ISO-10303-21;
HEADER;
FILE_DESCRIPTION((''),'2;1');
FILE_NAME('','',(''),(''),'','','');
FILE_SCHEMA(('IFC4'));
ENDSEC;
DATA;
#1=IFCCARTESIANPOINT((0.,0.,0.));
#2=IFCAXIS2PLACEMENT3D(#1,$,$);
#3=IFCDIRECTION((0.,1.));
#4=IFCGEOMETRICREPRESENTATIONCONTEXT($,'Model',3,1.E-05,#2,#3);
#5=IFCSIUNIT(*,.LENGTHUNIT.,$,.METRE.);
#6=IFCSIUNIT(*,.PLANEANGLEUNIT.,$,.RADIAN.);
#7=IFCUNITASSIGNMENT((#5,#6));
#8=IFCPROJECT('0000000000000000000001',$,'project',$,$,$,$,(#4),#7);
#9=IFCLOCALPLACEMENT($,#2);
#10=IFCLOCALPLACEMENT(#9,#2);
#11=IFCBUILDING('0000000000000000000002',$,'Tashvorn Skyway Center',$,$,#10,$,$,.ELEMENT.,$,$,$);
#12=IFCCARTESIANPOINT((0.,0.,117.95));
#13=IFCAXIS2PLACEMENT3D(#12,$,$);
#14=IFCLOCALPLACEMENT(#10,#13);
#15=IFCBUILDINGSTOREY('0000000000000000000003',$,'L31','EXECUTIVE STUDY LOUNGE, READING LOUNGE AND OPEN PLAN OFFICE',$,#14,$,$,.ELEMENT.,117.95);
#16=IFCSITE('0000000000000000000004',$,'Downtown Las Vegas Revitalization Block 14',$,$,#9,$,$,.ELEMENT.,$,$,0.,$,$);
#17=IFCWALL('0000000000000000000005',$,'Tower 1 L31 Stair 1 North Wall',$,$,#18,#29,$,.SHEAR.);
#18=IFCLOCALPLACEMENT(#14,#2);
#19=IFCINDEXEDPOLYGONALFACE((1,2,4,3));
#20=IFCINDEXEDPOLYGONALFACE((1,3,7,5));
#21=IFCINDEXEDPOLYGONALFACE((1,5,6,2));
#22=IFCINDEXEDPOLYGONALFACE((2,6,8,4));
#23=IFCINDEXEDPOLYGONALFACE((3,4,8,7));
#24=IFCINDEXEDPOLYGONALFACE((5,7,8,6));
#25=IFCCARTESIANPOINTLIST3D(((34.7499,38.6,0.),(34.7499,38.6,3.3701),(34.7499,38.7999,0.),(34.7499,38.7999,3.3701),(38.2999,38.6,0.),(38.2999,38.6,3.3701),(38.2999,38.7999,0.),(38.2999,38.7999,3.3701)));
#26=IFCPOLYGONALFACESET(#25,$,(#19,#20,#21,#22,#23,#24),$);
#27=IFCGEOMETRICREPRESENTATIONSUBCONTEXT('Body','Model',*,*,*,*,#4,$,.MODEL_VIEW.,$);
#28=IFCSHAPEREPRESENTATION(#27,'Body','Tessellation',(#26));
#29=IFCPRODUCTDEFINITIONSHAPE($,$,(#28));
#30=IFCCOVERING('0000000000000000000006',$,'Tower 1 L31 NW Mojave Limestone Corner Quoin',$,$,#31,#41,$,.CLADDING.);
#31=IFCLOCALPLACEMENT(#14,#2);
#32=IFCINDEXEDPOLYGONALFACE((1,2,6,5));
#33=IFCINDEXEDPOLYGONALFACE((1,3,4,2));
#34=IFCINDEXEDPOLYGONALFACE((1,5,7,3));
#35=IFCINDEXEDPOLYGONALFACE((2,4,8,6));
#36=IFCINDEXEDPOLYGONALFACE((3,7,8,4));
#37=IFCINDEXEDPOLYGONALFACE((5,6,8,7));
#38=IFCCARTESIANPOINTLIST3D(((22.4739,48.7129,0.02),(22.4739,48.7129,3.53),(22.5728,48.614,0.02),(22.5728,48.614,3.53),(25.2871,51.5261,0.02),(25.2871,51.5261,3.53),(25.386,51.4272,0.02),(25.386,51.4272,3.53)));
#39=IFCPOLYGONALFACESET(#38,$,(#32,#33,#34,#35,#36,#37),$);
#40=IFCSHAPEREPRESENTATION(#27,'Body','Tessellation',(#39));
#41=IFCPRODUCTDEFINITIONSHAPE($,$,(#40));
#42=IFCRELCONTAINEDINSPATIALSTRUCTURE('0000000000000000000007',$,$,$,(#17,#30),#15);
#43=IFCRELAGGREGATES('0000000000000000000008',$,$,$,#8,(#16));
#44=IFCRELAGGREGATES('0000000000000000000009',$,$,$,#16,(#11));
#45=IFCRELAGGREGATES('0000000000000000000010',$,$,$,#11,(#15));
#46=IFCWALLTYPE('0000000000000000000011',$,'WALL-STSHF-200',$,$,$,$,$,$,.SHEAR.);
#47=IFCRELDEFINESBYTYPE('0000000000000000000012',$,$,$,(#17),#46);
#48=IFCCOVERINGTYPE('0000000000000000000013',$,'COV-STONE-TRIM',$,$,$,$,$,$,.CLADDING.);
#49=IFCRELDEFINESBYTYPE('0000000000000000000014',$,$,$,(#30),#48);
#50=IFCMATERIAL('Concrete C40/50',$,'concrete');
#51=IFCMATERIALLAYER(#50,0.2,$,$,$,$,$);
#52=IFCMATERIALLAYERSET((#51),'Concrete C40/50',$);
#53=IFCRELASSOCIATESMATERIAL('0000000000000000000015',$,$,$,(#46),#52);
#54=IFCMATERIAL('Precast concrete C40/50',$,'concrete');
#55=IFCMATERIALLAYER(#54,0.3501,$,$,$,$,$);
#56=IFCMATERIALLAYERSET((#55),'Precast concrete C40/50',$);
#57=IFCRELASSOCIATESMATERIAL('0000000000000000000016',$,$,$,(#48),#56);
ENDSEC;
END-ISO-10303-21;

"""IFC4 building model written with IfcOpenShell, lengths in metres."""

from ifc_helpers import new_model, si_unit, direction, frame, frame_2d, origin, origin_2d, place, context, subcontext, project, spatial, rectangle, extrude, material, layer, layer_set, type_object, element, save


model = new_model("IFC4")

# Units and contexts
model_context = context("Model", 3, precision=1e-05, world=origin(), true_north=direction((0.0, 1.0)))
body_context = subcontext(model_context, "Body", "Model", "MODEL_VIEW")
ifc_project = project(units=[si_unit("LENGTHUNIT", "METRE"), si_unit("PLANEANGLEUNIT", "RADIAN")], contexts=[model_context])

# Site, building, storey
site_placement = place(None, origin())
site = spatial("IfcSite", under=ifc_project, at=site_placement, Name="Downtown Las Vegas Revitalization Block 14", CompositionType="ELEMENT", RefElevation=0.0)
building_placement = place(site_placement, origin())
building = spatial("IfcBuilding", under=site, at=building_placement, Name="Tashvorn Skyway Center", CompositionType="ELEMENT")
storey_placement = place(building_placement, frame((0.0, 0.0, 117.95)))
storey = spatial("IfcBuildingStorey", under=building, at=storey_placement, Name="L31", Description="EXECUTIVE STUDY LOUNGE, READING LOUNGE AND OPEN PLAN OFFICE", CompositionType="ELEMENT", Elevation=117.95)

# Shared definitions
ifc_material_1 = material(Name="Precast concrete C40/50", Category="concrete")

# Wall
ifc_material_2 = material(Name="Concrete C40/50", Category="concrete")
ifc_layer_1 = layer(ifc_material_2, 0.2)
ifc_layer_set_1 = layer_set([ifc_layer_1], Name="Concrete C40/50")
wall_type_1 = type_object("IfcWallType", Name="WALL-STSHF-200", PredefinedType="SHEAR", material=ifc_layer_set_1)
wall_1_placement = place(storey_placement, frame((34.75, 38.7, 0.0), z_axis=(0.0, 0.0, 1.0), x_axis=(1.0, 0.0, 0.0)))
element("IfcWall", 1, at=wall_1_placement, inside=storey, type_object=wall_type_1, Name="Tower 1 L31 Stair 1 North Wall", PredefinedType="SHEAR", context=body_context, shape_type="SweptSolid", body=[
    extrude(rectangle(XDim=3.55, YDim=0.2, at=frame_2d((1.7749, 0.0))), origin(), (0.0, 0.0, 1.0), 3.3701),
])

# Covering
ifc_layer_2 = layer(ifc_material_1, 0.3501)
ifc_layer_set_2 = layer_set([ifc_layer_2], Name="Precast concrete C40/50")
covering_type = type_object("IfcCoveringType", Name="COV-STONE-TRIM", PredefinedType="CLADDING", material=ifc_layer_set_2)
covering_placement = place(storey_placement, frame((23.9299, 50.0701, 0.02), z_axis=(0.0, 0.0, 1.0), x_axis=(-0.707107, -0.707107, 0.0)))
element("IfcCovering", 2, at=covering_placement, inside=storey, type_object=covering_type, Name="Tower 1 L31 NW Mojave Limestone Corner Quoin", PredefinedType="CLADDING", context=body_context, shape_type="SweptSolid", body=[
    extrude(rectangle(XDim=3.9785, YDim=0.1399, at=origin_2d()), origin(), (0.0, 0.0, 1.0), 3.51),
])

save(model, "model.ifc")
